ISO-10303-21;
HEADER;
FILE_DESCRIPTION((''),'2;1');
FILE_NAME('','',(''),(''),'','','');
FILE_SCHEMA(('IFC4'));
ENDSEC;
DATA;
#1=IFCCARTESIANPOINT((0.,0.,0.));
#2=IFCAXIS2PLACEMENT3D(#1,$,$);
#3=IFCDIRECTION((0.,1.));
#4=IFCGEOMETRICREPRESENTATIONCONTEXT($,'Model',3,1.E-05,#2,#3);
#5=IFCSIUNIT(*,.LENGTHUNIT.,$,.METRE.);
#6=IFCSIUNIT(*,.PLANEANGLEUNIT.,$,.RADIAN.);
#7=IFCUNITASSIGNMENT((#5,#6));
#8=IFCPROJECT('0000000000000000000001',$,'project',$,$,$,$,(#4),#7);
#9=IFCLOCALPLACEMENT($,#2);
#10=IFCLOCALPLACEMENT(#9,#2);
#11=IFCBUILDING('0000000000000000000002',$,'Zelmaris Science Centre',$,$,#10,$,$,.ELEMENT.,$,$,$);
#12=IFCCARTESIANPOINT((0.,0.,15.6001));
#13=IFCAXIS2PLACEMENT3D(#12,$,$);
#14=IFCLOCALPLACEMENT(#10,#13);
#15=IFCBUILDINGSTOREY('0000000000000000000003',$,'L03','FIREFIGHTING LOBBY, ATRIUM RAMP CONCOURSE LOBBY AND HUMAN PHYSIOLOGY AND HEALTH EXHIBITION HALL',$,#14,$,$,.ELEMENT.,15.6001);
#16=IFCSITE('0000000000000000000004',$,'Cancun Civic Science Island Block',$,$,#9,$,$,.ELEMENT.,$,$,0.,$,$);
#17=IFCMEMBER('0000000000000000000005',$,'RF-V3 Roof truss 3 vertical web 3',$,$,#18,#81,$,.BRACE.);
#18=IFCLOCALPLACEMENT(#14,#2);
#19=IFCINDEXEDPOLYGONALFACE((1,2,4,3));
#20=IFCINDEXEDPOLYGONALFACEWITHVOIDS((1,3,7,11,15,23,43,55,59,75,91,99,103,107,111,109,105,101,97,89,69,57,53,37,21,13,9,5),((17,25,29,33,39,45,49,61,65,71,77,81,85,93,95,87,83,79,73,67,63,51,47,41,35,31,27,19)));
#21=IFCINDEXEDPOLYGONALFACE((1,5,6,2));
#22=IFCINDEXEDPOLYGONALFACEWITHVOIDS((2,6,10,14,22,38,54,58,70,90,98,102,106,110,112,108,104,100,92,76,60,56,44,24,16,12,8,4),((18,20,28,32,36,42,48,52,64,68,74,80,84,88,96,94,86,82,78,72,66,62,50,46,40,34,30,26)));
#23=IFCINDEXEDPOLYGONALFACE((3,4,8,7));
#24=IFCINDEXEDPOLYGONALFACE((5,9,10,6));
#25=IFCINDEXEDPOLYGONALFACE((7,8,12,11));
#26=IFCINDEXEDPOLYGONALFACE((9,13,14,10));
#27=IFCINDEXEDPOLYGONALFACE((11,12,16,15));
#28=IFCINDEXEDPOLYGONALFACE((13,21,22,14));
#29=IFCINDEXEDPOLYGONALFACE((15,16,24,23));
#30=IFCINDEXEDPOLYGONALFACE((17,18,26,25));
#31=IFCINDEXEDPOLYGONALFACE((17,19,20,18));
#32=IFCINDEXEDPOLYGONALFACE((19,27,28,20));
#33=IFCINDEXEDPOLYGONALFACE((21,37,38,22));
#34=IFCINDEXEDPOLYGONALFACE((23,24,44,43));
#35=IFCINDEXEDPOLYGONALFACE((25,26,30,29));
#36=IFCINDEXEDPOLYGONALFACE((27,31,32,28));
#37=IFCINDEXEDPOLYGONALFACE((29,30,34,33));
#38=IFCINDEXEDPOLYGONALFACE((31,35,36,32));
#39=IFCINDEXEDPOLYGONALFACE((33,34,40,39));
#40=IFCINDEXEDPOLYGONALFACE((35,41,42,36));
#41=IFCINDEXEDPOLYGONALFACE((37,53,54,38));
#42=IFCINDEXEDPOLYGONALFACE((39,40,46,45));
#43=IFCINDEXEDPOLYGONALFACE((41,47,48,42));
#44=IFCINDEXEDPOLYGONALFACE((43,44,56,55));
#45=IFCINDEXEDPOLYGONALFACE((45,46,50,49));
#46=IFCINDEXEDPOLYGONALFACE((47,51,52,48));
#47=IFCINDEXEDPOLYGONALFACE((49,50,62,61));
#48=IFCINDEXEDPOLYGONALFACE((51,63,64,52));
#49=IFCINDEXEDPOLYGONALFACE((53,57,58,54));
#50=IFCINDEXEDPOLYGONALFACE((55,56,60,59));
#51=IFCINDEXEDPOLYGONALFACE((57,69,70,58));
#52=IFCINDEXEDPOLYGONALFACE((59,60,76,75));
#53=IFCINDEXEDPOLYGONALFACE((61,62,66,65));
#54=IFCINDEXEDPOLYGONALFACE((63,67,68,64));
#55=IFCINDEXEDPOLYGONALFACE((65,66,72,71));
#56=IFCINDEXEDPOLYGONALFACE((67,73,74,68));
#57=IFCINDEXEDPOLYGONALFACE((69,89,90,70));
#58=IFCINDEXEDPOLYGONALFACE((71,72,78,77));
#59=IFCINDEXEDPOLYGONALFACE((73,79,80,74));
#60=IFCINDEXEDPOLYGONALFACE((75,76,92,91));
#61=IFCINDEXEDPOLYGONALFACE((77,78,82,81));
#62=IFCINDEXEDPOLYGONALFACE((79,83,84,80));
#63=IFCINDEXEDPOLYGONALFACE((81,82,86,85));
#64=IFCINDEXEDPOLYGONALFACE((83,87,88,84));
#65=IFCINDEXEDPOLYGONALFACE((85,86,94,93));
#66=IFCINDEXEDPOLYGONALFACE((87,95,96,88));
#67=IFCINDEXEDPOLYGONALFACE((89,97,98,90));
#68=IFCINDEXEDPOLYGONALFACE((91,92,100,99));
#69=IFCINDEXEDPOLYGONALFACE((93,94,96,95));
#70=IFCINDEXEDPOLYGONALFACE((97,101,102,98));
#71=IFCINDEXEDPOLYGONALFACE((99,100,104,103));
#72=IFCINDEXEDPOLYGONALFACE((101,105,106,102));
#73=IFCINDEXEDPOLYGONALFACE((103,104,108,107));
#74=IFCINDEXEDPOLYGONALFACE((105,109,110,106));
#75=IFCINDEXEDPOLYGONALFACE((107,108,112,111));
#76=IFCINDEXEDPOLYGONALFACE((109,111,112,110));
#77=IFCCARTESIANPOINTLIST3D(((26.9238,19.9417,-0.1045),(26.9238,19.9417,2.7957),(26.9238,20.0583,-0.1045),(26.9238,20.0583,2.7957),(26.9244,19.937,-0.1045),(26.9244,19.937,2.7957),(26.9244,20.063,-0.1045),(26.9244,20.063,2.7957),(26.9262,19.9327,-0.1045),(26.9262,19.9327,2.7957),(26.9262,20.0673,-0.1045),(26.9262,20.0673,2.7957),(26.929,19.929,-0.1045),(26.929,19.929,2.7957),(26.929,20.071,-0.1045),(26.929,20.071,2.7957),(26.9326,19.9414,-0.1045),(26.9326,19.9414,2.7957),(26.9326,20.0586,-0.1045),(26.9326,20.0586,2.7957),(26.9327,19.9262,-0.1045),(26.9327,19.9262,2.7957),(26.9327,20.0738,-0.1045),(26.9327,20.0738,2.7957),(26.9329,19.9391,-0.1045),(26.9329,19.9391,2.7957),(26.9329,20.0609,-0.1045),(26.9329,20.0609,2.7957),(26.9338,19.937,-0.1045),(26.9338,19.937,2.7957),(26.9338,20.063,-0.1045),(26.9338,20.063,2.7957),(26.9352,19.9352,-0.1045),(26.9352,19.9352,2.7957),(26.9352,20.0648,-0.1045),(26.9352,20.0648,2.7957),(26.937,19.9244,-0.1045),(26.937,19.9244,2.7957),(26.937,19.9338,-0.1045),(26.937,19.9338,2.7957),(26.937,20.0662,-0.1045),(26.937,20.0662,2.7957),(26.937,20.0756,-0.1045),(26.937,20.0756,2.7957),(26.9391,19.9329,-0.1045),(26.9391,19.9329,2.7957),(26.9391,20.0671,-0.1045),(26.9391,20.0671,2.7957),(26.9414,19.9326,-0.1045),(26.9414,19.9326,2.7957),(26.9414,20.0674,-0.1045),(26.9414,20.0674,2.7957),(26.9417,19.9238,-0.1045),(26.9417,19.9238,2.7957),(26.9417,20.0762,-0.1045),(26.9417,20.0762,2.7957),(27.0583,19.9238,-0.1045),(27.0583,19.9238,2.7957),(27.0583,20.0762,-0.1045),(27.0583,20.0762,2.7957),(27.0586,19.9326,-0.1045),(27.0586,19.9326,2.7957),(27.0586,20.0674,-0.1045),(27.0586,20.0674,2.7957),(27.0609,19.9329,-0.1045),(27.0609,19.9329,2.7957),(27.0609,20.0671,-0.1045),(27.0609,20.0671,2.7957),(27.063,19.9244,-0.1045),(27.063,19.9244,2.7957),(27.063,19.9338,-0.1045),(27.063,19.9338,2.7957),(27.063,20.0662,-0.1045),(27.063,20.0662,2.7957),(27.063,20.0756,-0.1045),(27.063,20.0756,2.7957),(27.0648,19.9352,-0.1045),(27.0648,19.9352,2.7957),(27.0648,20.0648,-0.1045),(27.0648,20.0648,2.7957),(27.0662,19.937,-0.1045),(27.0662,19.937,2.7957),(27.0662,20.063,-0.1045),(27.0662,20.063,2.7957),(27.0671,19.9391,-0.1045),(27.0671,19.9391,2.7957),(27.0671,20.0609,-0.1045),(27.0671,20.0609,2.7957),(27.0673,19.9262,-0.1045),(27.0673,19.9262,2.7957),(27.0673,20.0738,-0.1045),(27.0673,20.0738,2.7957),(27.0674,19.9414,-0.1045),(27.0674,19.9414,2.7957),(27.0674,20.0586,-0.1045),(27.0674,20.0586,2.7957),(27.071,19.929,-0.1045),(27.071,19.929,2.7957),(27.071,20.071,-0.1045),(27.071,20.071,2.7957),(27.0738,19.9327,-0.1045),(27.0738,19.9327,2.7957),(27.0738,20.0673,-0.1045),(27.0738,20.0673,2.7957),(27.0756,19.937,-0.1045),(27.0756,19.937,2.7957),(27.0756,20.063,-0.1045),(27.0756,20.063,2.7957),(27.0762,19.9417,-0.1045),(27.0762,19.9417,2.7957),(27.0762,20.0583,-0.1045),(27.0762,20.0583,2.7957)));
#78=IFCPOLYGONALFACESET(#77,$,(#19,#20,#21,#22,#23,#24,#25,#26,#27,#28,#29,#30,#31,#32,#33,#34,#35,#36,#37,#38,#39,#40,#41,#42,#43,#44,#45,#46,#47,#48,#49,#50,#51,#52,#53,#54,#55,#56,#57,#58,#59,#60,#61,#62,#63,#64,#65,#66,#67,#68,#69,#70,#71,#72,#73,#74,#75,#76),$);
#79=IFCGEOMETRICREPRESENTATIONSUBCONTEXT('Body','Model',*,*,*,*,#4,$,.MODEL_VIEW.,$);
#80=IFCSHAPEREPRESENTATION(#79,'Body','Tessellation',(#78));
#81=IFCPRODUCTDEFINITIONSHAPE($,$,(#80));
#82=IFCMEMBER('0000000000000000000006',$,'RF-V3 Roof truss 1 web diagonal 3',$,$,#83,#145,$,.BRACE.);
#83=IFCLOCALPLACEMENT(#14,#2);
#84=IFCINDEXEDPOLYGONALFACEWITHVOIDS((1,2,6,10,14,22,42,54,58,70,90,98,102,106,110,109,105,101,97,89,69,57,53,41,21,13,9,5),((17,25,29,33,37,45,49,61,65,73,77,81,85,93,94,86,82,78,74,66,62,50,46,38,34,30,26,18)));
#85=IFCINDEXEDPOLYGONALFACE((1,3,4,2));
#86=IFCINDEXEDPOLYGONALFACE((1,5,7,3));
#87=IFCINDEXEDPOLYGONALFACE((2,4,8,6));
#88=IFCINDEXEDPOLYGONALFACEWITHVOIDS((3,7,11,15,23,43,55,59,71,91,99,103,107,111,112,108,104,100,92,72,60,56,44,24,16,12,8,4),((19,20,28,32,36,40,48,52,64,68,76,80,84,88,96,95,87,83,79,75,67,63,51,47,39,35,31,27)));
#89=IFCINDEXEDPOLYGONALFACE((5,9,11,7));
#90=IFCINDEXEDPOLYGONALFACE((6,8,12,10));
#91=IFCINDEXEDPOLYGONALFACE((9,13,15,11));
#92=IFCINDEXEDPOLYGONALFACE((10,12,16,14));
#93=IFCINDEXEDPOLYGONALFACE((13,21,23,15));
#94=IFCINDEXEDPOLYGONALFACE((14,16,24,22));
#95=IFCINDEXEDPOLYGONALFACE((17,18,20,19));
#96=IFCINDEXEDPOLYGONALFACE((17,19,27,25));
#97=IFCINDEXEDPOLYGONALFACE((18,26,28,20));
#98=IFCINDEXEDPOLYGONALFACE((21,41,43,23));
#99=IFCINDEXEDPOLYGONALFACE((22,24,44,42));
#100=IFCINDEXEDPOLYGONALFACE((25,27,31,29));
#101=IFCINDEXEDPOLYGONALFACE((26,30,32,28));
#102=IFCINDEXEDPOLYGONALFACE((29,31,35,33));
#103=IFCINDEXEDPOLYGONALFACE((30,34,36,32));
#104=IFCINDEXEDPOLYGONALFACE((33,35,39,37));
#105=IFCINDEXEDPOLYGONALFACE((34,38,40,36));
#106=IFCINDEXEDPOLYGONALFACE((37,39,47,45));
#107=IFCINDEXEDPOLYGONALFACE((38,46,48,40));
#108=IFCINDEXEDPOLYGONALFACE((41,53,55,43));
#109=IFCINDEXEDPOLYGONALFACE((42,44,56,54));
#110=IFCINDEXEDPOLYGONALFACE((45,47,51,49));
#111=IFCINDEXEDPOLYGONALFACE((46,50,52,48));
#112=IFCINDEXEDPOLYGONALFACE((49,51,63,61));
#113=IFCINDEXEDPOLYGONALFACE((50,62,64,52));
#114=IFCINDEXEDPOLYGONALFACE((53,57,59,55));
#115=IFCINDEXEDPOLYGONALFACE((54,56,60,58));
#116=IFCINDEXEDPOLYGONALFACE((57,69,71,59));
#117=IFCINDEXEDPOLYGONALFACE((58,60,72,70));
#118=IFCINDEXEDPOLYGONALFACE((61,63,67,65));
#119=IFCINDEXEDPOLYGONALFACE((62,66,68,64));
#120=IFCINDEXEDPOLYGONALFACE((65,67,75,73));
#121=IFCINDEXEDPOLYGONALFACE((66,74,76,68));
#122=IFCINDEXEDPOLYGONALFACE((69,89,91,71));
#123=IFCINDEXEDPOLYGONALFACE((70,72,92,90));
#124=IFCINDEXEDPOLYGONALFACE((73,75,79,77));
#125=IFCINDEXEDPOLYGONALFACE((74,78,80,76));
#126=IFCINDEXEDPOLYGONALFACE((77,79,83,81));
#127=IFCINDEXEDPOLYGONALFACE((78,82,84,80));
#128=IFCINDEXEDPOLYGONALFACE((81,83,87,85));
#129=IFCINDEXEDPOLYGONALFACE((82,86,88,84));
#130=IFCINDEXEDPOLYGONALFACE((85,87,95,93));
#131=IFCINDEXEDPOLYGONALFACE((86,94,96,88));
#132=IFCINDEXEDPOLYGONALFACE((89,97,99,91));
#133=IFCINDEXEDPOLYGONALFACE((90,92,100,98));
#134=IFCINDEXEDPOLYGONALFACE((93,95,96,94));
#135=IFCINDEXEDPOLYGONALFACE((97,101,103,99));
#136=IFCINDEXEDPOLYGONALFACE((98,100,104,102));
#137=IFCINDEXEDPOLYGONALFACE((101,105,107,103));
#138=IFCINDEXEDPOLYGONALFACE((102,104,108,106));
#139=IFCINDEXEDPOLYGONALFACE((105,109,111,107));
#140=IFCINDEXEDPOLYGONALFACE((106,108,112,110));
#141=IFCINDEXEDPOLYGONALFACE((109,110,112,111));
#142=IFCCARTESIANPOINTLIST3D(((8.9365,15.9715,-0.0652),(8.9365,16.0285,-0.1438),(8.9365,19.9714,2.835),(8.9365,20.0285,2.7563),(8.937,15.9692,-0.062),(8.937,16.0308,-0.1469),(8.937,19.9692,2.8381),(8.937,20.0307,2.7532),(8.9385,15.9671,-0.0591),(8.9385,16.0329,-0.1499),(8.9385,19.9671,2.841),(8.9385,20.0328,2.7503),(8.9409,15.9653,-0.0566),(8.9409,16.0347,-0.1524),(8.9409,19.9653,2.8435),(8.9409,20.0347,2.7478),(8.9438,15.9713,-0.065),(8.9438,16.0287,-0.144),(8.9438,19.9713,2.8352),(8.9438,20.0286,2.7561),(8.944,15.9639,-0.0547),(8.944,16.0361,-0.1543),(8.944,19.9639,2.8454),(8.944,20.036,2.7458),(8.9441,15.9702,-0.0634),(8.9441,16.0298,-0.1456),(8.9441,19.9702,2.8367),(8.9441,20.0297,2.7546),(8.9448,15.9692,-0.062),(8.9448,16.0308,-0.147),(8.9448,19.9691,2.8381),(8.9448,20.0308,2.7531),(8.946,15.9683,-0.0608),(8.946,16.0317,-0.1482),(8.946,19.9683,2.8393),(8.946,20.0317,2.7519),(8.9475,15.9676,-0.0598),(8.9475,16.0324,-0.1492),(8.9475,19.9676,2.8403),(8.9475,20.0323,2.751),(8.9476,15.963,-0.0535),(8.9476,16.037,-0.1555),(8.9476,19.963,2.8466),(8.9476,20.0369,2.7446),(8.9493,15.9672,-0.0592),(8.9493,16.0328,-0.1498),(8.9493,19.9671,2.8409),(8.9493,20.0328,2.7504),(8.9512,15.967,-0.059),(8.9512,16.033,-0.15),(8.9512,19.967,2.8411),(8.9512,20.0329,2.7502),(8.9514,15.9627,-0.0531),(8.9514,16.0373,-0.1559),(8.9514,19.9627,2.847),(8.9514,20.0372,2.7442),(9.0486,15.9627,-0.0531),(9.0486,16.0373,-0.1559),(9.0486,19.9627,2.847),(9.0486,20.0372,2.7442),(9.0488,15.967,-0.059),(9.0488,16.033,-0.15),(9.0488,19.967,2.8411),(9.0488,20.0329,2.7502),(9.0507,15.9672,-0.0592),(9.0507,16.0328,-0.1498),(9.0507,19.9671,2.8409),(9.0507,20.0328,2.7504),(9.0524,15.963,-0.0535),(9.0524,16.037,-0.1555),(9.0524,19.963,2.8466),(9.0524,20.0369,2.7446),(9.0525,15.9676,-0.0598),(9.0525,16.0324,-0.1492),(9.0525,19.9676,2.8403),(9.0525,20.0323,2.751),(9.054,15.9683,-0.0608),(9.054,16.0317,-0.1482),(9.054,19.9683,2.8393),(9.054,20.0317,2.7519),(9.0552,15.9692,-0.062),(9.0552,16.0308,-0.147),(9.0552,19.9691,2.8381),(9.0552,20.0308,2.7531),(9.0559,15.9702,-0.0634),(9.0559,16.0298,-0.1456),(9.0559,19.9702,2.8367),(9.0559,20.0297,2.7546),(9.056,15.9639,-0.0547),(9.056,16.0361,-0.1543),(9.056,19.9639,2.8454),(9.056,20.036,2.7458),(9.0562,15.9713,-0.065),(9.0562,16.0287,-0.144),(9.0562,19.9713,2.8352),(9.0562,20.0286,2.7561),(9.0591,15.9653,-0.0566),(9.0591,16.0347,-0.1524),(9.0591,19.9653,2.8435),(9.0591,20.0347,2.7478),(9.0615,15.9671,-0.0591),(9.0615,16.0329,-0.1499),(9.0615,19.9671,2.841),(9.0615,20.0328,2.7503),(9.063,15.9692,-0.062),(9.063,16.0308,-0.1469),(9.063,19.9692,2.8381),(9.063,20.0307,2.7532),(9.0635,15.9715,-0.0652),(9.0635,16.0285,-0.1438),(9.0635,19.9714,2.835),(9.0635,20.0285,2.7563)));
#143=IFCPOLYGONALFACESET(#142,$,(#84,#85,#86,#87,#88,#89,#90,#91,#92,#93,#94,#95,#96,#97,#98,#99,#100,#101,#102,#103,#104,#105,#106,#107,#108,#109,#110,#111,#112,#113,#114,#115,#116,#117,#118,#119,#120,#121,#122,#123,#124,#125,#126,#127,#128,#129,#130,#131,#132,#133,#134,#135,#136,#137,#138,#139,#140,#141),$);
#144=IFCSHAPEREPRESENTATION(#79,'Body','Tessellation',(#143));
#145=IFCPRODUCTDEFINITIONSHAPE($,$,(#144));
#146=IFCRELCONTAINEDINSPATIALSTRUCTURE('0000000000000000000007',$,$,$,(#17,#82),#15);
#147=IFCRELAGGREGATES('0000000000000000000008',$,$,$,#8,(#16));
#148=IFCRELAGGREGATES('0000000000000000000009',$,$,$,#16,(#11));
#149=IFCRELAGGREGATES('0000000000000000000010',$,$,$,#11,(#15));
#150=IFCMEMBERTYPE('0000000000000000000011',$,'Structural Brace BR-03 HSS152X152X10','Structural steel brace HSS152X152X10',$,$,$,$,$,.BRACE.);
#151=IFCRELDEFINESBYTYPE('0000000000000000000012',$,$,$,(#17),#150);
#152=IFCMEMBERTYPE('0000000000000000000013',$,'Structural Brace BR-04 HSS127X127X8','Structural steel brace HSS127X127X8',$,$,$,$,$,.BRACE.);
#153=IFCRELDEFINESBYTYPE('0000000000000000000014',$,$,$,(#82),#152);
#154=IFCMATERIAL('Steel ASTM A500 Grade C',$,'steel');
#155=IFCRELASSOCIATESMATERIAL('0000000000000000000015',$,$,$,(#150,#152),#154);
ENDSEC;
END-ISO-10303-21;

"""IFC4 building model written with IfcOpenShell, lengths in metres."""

from ifc_helpers import new_model, si_unit, direction, frame, origin, origin_2d, place, context, subcontext, project, spatial, hollow_rectangle, extrude, material, material_profile, profile_set, type_object, element, save


model = new_model("IFC4")

# Units and contexts
model_context = context("Model", 3, precision=1e-05, world=origin(), true_north=direction((0.0, 1.0)))
body_context = subcontext(model_context, "Body", "Model", "MODEL_VIEW")
ifc_project = project(units=[si_unit("LENGTHUNIT", "METRE"), si_unit("PLANEANGLEUNIT", "RADIAN")], contexts=[model_context])

# Site, building, storey
site_placement = place(None, origin())
site = spatial("IfcSite", under=ifc_project, at=site_placement, Name="Cancun Civic Science Island Block", CompositionType="ELEMENT", RefElevation=0.0)
building_placement = place(site_placement, origin())
building = spatial("IfcBuilding", under=site, at=building_placement, Name="Zelmaris Science Centre", CompositionType="ELEMENT")
storey_placement = place(building_placement, frame((0.0, 0.0, 15.6001)))
storey = spatial("IfcBuildingStorey", under=building, at=storey_placement, Name="L03", Description="FIREFIGHTING LOBBY, ATRIUM RAMP CONCOURSE LOBBY AND HUMAN PHYSIOLOGY AND HEALTH EXHIBITION HALL", CompositionType="ELEMENT", Elevation=15.6001)

# Shared definitions
ifc_material = material(Name="Steel ASTM A500 Grade C", Category="steel")

# Members
ifc_material_profile_1 = material_profile(ifc_material, hollow_rectangle(XDim=0.1523, YDim=0.1523, WallThickness=0.0088, InnerFilletRadius=0.0088, OuterFilletRadius=0.0178, at=origin_2d()), Name="HSS152X152X10")
ifc_profile_set_1 = profile_set([ifc_material_profile_1], Name="Steel ASTM A500 Grade C")
member_type_1 = type_object("IfcMemberType", Name="Structural Brace BR-03 HSS152X152X10", Description="Structural steel brace HSS152X152X10", PredefinedType="BRACE", material=ifc_profile_set_1)
member_1_placement = place(storey_placement, frame((27.0, 20.0, -0.1045), z_axis=(0.0, 0.0, 1.0), x_axis=(1.0, 0.0, 0.0)))
element("IfcMember", 1, at=member_1_placement, inside=storey, type_object=member_type_1, Name="RF-V3 Roof truss 3 vertical web 3", PredefinedType="BRACE", context=body_context, shape_type="SweptSolid", body=[
    extrude(hollow_rectangle(XDim=0.1523, YDim=0.1523, WallThickness=0.0088, InnerFilletRadius=0.0088, OuterFilletRadius=0.0178, at=origin_2d()), origin(), (0.0, 0.0, 1.0), 2.9001),
])
ifc_material_profile_2 = material_profile(ifc_material, hollow_rectangle(XDim=0.127, YDim=0.127, WallThickness=0.0073, InnerFilletRadius=0.0073, OuterFilletRadius=0.0149, at=origin_2d()), Name="HSS127X127X8")
ifc_profile_set_2 = profile_set([ifc_material_profile_2], Name="Steel ASTM A500 Grade C")
member_type_2 = type_object("IfcMemberType", Name="Structural Brace BR-04 HSS127X127X8", Description="Structural steel brace HSS127X127X8", PredefinedType="BRACE", material=ifc_profile_set_2)
for number, where, z_axis, x_axis, name in (
    (2, (9.0, 16.0, -0.1045), (0.0, 0.809596, 0.586987), (-1.0, 0.0, 0.0), "RF-V3 Roof truss 1 web diagonal 3"),
):
    element("IfcMember", number, at=place(storey_placement, frame(where, z_axis=z_axis, x_axis=x_axis)), inside=storey, type_object=member_type_2, Name=name, PredefinedType="BRACE", context=body_context, shape_type="SweptSolid", body=[
        extrude(hollow_rectangle(XDim=0.127, YDim=0.127, WallThickness=0.0073, InnerFilletRadius=0.0073, OuterFilletRadius=0.0149, at=origin_2d()), origin(), (0.0, 0.0, 1.0), 4.9407),
    ])

save(model, "model.ifc")
